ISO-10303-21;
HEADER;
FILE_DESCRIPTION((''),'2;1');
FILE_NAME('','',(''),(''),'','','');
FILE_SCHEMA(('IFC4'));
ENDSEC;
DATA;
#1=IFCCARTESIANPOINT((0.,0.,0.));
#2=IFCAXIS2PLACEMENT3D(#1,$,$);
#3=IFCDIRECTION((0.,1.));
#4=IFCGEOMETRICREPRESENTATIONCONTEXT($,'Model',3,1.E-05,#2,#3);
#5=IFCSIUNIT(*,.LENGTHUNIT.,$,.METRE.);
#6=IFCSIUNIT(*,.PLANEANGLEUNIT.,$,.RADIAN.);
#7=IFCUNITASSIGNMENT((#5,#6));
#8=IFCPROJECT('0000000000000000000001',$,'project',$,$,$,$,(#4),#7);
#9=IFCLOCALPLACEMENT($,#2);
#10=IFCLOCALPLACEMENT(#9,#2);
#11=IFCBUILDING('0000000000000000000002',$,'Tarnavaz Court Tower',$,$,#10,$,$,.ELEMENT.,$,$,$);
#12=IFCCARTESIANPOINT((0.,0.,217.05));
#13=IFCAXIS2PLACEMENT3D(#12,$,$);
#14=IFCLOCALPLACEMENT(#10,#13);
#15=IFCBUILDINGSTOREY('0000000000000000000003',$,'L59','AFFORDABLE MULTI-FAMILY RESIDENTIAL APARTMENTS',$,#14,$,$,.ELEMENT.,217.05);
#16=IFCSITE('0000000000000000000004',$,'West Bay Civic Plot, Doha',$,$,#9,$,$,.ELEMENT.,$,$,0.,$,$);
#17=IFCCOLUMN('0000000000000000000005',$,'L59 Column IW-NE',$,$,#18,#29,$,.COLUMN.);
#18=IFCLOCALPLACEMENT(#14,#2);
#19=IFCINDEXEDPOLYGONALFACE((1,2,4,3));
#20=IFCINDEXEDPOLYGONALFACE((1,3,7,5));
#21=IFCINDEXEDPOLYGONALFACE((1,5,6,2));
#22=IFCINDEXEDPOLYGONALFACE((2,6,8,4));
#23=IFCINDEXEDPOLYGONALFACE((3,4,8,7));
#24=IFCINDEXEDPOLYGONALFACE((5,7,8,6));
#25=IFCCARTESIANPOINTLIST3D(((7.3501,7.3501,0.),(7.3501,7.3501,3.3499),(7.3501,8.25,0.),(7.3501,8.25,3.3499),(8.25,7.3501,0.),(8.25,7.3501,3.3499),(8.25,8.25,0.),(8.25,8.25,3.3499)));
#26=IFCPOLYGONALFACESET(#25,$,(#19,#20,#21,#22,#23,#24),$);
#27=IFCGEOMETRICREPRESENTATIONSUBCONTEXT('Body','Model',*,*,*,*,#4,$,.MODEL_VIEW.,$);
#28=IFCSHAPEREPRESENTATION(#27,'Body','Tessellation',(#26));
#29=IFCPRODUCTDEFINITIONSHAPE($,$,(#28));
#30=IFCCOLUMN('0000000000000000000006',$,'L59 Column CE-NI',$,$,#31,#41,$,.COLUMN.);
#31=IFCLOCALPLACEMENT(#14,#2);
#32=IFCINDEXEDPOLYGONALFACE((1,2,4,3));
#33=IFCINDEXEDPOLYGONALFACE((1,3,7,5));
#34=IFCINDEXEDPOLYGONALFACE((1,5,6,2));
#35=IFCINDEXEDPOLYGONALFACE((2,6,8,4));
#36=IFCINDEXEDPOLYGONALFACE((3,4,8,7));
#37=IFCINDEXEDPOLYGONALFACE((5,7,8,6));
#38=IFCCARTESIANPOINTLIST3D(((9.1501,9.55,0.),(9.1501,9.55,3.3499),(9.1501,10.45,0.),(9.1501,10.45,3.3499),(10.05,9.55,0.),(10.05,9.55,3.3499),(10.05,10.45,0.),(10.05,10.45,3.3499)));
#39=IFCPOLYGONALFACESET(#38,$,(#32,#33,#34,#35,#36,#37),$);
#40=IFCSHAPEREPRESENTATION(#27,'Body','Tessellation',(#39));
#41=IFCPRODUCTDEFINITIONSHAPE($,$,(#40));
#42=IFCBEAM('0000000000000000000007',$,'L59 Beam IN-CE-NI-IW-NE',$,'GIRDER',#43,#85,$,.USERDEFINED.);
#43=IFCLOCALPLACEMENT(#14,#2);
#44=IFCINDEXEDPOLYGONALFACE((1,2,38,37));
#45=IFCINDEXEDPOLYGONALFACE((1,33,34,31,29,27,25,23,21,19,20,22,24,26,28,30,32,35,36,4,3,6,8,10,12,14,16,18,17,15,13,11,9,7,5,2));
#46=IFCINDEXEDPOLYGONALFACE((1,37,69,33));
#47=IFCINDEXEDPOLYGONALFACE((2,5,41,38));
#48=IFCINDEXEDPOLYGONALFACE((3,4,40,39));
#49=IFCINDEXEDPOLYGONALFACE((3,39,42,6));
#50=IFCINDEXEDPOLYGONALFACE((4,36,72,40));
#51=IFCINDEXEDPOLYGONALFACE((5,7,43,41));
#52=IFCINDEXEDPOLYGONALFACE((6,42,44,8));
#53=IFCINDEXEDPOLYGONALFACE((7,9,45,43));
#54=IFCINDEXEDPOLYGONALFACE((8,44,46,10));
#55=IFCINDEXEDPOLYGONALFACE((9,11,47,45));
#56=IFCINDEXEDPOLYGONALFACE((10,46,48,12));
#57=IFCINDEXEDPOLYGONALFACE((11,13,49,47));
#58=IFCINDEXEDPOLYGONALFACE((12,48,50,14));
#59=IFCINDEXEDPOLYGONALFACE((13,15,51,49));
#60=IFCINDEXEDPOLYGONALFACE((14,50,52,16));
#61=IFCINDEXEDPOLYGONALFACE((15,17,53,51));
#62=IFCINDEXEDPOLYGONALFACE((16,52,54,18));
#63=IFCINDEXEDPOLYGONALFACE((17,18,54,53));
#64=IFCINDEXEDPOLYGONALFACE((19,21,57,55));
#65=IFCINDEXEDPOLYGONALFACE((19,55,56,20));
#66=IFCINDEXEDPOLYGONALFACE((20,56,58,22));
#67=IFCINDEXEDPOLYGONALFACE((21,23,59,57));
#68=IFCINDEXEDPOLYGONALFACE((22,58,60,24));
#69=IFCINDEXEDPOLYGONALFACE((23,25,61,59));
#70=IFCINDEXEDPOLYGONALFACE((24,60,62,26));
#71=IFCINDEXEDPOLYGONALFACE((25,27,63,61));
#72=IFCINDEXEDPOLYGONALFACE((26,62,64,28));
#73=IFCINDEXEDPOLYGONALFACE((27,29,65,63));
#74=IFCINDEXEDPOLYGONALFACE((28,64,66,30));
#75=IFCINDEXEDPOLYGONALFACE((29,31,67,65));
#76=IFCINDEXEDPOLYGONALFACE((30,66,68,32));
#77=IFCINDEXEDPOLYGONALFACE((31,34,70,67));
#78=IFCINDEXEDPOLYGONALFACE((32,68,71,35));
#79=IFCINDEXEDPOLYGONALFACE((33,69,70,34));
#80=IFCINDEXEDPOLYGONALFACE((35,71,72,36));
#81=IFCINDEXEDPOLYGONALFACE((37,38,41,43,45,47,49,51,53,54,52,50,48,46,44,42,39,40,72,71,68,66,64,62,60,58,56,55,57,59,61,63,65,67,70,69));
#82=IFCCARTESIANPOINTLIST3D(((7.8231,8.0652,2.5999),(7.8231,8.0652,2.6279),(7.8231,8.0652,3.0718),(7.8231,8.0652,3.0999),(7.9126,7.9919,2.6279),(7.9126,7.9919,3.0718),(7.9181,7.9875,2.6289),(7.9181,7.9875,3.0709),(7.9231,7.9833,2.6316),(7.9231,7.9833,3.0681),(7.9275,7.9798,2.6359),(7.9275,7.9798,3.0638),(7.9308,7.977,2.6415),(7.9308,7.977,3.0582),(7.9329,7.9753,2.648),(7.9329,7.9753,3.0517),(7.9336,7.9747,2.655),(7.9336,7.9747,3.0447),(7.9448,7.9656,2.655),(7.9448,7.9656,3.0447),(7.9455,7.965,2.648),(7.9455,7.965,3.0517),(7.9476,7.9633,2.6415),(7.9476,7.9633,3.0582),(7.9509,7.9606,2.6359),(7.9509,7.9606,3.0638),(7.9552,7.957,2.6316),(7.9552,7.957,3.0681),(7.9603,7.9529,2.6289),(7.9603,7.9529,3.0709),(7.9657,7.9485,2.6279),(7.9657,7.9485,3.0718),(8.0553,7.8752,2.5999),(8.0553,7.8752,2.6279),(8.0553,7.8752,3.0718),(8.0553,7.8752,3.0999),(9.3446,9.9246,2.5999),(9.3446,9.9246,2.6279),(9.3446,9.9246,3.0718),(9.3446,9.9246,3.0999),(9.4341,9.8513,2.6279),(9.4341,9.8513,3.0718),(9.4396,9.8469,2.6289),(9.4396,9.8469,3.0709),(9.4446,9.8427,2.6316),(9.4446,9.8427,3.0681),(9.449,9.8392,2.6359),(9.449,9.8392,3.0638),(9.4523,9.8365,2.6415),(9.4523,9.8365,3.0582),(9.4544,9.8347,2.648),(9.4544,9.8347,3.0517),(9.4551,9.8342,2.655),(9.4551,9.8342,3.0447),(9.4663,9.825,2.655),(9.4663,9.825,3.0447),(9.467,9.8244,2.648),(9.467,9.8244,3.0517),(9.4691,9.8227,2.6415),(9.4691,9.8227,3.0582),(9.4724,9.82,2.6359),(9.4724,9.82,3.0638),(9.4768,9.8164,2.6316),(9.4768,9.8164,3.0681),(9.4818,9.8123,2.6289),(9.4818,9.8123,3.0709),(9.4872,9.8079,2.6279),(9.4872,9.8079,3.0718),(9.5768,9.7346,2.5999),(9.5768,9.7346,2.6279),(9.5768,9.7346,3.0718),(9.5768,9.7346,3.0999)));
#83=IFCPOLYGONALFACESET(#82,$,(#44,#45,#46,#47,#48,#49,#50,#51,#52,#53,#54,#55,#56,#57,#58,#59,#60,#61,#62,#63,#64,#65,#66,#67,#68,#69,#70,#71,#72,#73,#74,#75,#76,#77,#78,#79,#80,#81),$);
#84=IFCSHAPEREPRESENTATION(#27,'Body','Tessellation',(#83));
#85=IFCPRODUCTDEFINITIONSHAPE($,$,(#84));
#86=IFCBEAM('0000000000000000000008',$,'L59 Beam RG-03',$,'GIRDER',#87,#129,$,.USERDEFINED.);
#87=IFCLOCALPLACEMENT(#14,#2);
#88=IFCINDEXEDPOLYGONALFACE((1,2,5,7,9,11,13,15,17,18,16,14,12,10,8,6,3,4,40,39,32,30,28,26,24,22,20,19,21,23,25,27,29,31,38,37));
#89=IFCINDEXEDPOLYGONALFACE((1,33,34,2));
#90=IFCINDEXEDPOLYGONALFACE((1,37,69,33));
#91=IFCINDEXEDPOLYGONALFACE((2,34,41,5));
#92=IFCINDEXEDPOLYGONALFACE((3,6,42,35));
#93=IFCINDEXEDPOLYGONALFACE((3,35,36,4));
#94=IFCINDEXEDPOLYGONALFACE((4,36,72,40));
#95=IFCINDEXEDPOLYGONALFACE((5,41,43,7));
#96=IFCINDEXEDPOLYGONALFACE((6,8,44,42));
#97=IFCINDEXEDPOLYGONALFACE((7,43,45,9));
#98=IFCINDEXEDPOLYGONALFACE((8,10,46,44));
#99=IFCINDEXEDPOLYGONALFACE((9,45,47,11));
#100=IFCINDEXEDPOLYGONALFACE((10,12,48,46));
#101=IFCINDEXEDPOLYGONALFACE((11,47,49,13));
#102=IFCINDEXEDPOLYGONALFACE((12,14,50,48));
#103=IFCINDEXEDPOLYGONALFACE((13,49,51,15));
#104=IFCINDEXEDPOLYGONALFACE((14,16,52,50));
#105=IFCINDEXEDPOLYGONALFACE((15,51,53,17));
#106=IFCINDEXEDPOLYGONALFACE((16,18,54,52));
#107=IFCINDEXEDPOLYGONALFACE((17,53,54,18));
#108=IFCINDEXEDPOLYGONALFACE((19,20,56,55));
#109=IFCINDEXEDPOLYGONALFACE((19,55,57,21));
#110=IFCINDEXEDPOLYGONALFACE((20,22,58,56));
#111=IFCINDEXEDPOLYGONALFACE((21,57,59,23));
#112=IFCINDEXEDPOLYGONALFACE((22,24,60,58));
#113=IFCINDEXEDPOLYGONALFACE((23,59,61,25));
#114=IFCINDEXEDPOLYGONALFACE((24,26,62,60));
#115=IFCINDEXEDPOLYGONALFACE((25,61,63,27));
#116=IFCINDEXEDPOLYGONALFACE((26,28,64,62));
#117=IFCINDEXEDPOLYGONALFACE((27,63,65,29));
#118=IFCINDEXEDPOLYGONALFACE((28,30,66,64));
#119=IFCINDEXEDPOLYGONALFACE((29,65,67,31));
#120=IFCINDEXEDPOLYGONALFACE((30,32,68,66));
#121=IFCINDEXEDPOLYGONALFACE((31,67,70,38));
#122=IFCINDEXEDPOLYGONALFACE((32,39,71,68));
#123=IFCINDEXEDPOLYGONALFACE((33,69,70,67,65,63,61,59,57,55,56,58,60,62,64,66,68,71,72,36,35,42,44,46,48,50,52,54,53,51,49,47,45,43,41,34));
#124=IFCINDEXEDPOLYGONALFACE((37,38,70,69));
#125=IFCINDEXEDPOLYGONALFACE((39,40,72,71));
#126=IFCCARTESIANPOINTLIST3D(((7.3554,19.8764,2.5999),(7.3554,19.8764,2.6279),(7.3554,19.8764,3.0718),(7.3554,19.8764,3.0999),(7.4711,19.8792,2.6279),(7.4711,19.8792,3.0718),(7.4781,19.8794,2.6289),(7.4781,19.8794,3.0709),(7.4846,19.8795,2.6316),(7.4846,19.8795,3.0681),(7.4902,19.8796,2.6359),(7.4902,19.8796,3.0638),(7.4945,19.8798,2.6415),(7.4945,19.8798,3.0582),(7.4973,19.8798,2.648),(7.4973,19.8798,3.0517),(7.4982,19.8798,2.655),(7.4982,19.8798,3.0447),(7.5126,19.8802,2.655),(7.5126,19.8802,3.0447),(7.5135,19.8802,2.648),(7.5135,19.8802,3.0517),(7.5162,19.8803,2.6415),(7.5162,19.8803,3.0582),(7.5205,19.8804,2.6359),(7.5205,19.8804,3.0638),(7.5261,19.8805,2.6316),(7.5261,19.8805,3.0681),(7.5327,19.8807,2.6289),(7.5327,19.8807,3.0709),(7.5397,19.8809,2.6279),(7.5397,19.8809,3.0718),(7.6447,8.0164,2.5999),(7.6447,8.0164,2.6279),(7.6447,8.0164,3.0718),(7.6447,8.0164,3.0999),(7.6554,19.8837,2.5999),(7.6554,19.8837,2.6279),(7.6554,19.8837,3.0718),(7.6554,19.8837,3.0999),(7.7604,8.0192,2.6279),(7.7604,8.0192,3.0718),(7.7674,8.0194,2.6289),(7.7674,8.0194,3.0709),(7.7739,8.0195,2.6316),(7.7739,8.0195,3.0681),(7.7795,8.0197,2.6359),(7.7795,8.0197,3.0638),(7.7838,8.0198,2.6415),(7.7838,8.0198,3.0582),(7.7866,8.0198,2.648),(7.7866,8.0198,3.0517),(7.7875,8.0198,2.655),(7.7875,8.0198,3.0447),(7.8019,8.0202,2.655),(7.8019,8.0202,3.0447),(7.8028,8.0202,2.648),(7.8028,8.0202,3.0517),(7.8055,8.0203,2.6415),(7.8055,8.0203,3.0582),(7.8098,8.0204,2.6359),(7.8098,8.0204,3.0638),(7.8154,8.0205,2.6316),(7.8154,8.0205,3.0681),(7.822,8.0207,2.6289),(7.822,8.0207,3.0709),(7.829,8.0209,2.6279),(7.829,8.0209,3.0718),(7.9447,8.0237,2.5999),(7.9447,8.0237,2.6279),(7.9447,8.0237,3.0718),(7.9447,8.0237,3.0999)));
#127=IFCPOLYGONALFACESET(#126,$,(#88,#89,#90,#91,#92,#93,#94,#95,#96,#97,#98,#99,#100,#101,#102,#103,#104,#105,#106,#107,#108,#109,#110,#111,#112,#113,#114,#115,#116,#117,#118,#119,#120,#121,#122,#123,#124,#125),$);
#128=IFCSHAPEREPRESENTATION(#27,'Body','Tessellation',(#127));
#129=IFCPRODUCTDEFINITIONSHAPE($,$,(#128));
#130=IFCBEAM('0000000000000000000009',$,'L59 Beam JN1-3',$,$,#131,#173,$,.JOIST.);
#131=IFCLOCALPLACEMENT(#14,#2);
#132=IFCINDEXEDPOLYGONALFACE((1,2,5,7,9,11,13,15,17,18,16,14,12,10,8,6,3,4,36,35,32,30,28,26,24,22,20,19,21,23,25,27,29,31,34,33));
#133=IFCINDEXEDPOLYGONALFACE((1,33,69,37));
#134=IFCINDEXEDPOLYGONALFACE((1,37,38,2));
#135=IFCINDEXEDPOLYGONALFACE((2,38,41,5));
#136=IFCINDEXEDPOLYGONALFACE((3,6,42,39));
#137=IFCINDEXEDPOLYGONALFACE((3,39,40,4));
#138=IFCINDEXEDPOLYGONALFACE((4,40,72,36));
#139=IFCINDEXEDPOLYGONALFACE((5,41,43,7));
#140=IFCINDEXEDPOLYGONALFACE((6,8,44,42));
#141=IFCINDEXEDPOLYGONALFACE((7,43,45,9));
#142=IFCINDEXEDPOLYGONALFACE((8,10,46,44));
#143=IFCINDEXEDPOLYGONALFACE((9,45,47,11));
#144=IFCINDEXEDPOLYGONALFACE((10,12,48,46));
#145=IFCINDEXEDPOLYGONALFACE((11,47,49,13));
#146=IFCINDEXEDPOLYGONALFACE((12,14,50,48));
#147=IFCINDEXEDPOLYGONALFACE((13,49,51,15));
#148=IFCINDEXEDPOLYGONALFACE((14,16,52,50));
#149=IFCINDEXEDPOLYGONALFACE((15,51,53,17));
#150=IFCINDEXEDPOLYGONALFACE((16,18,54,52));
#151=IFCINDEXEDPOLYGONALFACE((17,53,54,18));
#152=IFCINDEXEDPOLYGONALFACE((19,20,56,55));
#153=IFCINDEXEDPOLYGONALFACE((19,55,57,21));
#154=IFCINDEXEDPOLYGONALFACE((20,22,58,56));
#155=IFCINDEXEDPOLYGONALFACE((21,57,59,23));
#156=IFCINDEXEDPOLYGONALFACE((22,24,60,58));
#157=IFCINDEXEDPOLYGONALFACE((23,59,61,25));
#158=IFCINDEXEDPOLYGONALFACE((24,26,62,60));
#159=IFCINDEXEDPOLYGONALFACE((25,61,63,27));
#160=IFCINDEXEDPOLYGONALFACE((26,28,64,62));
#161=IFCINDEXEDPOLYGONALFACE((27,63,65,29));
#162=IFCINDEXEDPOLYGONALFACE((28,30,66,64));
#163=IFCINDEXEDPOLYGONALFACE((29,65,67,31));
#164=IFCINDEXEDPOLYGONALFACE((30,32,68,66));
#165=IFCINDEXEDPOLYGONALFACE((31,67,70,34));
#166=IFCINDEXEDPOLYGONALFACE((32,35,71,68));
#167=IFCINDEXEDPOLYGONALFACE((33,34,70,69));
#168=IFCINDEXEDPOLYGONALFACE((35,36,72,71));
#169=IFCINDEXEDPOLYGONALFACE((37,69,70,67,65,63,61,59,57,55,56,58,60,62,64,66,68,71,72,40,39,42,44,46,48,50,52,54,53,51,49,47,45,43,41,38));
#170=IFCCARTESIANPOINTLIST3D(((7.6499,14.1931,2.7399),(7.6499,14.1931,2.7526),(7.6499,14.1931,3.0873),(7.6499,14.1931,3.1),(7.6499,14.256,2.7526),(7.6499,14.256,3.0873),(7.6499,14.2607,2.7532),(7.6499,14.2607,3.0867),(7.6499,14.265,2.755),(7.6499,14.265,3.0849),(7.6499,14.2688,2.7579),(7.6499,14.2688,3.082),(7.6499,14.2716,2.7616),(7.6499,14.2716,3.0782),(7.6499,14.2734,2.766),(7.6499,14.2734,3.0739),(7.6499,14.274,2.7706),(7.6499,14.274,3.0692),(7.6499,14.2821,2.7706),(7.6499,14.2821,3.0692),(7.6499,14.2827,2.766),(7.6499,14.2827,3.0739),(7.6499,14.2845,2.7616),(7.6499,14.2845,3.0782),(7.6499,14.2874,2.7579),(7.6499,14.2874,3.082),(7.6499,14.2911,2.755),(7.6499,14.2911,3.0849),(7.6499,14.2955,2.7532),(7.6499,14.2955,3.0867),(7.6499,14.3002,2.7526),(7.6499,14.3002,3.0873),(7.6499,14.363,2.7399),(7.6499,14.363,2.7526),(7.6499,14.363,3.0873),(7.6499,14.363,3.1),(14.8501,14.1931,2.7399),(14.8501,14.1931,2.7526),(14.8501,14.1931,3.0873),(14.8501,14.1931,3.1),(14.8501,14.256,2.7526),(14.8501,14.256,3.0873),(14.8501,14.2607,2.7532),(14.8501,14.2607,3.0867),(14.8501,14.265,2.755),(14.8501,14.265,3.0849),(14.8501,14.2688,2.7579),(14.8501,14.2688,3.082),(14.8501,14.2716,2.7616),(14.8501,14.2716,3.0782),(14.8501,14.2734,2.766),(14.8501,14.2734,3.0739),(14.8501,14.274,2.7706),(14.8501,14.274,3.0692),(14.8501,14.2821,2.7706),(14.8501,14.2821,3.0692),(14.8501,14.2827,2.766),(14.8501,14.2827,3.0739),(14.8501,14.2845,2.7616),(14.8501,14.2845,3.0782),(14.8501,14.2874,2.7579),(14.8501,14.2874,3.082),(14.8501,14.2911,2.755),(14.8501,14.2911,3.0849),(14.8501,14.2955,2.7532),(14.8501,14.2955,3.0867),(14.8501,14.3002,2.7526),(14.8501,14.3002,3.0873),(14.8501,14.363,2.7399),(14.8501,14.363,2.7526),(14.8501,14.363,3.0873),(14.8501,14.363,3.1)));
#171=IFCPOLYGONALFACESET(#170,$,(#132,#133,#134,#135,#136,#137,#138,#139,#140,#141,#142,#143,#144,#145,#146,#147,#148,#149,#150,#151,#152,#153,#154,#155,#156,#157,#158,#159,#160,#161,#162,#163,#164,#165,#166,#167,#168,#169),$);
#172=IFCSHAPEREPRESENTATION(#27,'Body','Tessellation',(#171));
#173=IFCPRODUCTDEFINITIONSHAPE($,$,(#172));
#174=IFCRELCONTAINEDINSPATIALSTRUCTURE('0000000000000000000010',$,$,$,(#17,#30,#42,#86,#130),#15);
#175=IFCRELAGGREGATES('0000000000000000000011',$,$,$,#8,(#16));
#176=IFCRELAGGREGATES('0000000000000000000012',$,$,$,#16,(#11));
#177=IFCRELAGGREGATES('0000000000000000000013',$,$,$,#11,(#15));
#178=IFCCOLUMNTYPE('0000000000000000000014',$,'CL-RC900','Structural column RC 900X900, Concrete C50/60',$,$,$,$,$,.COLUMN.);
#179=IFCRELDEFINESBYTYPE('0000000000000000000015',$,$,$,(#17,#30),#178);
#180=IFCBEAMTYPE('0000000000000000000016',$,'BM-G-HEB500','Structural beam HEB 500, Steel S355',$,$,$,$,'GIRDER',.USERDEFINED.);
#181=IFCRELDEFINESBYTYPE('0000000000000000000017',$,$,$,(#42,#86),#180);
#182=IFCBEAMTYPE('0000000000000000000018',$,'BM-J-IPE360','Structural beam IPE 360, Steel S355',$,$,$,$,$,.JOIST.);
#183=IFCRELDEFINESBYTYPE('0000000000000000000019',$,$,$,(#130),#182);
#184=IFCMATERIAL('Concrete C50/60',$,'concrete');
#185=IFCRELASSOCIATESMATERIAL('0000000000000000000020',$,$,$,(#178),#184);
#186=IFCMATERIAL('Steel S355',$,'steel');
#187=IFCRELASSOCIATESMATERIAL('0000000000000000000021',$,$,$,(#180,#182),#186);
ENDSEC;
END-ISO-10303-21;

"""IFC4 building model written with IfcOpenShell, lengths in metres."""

from ifc_helpers import new_model, si_unit, direction, frame, origin, origin_2d, place, context, subcontext, project, spatial, rectangle, i_section, extrude, material, material_profile, profile_set, type_object, element, save


model = new_model("IFC4")

# Units and contexts
model_context = context("Model", 3, precision=1e-05, world=origin(), true_north=direction((0.0, 1.0)))
body_context = subcontext(model_context, "Body", "Model", "MODEL_VIEW")
ifc_project = project(units=[si_unit("LENGTHUNIT", "METRE"), si_unit("PLANEANGLEUNIT", "RADIAN")], contexts=[model_context])

# Site, building, storey
site_placement = place(None, origin())
site = spatial("IfcSite", under=ifc_project, at=site_placement, Name="West Bay Civic Plot, Doha", CompositionType="ELEMENT", RefElevation=0.0)
building_placement = place(site_placement, origin())
building = spatial("IfcBuilding", under=site, at=building_placement, Name="Tarnavaz Court Tower", CompositionType="ELEMENT")
storey_placement = place(building_placement, frame((0.0, 0.0, 217.05)))
storey = spatial("IfcBuildingStorey", under=building, at=storey_placement, Name="L59", Description="AFFORDABLE MULTI-FAMILY RESIDENTIAL APARTMENTS", CompositionType="ELEMENT", Elevation=217.05)

# Columns
ifc_material_1 = material(Name="Concrete C50/60", Category="concrete")
ifc_material_profile_1 = material_profile(ifc_material_1, rectangle(XDim=0.8999, YDim=0.8999, at=origin_2d()), Name="RC 900X900")
ifc_profile_set_1 = profile_set([ifc_material_profile_1], Name="Concrete C50/60")
column_type = type_object("IfcColumnType", Name="CL-RC900", Description="Structural column RC 900X900, Concrete C50/60", PredefinedType="COLUMN", material=ifc_profile_set_1)
for number, where, z_axis, x_axis, name in (
    (1, (7.8, 7.8, 0.0), (0.0, 0.0, 1.0), (1.0, 0.0, 0.0), "L59 Column IW-NE"),
    (2, (9.6001, 10.0, 0.0), (0.0, 0.0, 1.0), (1.0, 0.0, 0.0), "L59 Column CE-NI"),
):
    element("IfcColumn", number, at=place(storey_placement, frame(where, z_axis=z_axis, x_axis=x_axis)), inside=storey, type_object=column_type, Name=name, PredefinedType="COLUMN", context=body_context, shape_type="SweptSolid", body=[
        extrude(rectangle(XDim=0.8999, YDim=0.8999, at=origin_2d()), origin(), (0.0, 0.0, 1.0), 3.3499),
    ])

# Beams
ifc_material_2 = material(Name="Steel S355", Category="steel")
ifc_material_profile_2 = material_profile(ifc_material_2, i_section(OverallWidth=0.3, OverallDepth=0.5, WebThickness=0.0144, FlangeThickness=0.0281, FilletRadius=0.0271, at=origin_2d()), Name="HEB 500")
ifc_profile_set_2 = profile_set([ifc_material_profile_2], Name="Steel S355")
beam_type_1 = type_object("IfcBeamType", Name="BM-G-HEB500", Description="Structural beam HEB 500, Steel S355", ElementType="GIRDER", PredefinedType="USERDEFINED", material=ifc_profile_set_2)
beam_1_placement = place(storey_placement, frame((9.4607, 9.8296, 2.8499), z_axis=(-0.633282, -0.773921, 0.0), x_axis=(0.773921, -0.633282, 0.0)))
element("IfcBeam", 3, at=beam_1_placement, inside=storey, type_object=beam_type_1, Name="L59 Beam IN-CE-NI-IW-NE", ObjectType="GIRDER", PredefinedType="USERDEFINED", context=body_context, shape_type="SweptSolid", body=[
    extrude(i_section(OverallWidth=0.3, OverallDepth=0.5, WebThickness=0.0144, FlangeThickness=0.0281, FilletRadius=0.0271, at=origin_2d()), origin(), (0.0, 0.0, 1.0), 2.4026),
])
beam_2_placement = place(storey_placement, frame((7.7947, 8.02, 2.8499), z_axis=(-0.024386, 0.999703, 0.0), x_axis=(-0.999703, -0.024386, 0.0)))
element("IfcBeam", 4, at=beam_2_placement, inside=storey, type_object=beam_type_1, Name="L59 Beam RG-03", ObjectType="GIRDER", PredefinedType="USERDEFINED", context=body_context, shape_type="SweptSolid", body=[
    extrude(i_section(OverallWidth=0.3, OverallDepth=0.5, WebThickness=0.0144, FlangeThickness=0.0281, FilletRadius=0.0271, at=origin_2d()), origin(), (0.0, 0.0, 1.0), 11.8635),
])
ifc_material_profile_3 = material_profile(ifc_material_2, i_section(OverallWidth=0.1699, OverallDepth=0.3601, WebThickness=0.0081, FlangeThickness=0.0127, FilletRadius=0.0181, at=origin_2d()), Name="IPE 360")
ifc_profile_set_3 = profile_set([ifc_material_profile_3], Name="Steel S355")
beam_type_2 = type_object("IfcBeamType", Name="BM-J-IPE360", Description="Structural beam IPE 360, Steel S355", PredefinedType="JOIST", material=ifc_profile_set_3)
for number, where, z_axis, x_axis, name in (
    (5, (7.6499, 14.2781, 2.9199), (1.0, 0.0, 0.0), (0.0, 1.0, 0.0), "L59 Beam JN1-3"),
):
    element("IfcBeam", number, at=place(storey_placement, frame(where, z_axis=z_axis, x_axis=x_axis)), inside=storey, type_object=beam_type_2, Name=name, PredefinedType="JOIST", context=body_context, shape_type="SweptSolid", body=[
        extrude(i_section(OverallWidth=0.1699, OverallDepth=0.3601, WebThickness=0.0081, FlangeThickness=0.0127, FilletRadius=0.0181, at=origin_2d()), origin(), (0.0, 0.0, 1.0), 7.2002),
    ])

save(model, "model.ifc")
